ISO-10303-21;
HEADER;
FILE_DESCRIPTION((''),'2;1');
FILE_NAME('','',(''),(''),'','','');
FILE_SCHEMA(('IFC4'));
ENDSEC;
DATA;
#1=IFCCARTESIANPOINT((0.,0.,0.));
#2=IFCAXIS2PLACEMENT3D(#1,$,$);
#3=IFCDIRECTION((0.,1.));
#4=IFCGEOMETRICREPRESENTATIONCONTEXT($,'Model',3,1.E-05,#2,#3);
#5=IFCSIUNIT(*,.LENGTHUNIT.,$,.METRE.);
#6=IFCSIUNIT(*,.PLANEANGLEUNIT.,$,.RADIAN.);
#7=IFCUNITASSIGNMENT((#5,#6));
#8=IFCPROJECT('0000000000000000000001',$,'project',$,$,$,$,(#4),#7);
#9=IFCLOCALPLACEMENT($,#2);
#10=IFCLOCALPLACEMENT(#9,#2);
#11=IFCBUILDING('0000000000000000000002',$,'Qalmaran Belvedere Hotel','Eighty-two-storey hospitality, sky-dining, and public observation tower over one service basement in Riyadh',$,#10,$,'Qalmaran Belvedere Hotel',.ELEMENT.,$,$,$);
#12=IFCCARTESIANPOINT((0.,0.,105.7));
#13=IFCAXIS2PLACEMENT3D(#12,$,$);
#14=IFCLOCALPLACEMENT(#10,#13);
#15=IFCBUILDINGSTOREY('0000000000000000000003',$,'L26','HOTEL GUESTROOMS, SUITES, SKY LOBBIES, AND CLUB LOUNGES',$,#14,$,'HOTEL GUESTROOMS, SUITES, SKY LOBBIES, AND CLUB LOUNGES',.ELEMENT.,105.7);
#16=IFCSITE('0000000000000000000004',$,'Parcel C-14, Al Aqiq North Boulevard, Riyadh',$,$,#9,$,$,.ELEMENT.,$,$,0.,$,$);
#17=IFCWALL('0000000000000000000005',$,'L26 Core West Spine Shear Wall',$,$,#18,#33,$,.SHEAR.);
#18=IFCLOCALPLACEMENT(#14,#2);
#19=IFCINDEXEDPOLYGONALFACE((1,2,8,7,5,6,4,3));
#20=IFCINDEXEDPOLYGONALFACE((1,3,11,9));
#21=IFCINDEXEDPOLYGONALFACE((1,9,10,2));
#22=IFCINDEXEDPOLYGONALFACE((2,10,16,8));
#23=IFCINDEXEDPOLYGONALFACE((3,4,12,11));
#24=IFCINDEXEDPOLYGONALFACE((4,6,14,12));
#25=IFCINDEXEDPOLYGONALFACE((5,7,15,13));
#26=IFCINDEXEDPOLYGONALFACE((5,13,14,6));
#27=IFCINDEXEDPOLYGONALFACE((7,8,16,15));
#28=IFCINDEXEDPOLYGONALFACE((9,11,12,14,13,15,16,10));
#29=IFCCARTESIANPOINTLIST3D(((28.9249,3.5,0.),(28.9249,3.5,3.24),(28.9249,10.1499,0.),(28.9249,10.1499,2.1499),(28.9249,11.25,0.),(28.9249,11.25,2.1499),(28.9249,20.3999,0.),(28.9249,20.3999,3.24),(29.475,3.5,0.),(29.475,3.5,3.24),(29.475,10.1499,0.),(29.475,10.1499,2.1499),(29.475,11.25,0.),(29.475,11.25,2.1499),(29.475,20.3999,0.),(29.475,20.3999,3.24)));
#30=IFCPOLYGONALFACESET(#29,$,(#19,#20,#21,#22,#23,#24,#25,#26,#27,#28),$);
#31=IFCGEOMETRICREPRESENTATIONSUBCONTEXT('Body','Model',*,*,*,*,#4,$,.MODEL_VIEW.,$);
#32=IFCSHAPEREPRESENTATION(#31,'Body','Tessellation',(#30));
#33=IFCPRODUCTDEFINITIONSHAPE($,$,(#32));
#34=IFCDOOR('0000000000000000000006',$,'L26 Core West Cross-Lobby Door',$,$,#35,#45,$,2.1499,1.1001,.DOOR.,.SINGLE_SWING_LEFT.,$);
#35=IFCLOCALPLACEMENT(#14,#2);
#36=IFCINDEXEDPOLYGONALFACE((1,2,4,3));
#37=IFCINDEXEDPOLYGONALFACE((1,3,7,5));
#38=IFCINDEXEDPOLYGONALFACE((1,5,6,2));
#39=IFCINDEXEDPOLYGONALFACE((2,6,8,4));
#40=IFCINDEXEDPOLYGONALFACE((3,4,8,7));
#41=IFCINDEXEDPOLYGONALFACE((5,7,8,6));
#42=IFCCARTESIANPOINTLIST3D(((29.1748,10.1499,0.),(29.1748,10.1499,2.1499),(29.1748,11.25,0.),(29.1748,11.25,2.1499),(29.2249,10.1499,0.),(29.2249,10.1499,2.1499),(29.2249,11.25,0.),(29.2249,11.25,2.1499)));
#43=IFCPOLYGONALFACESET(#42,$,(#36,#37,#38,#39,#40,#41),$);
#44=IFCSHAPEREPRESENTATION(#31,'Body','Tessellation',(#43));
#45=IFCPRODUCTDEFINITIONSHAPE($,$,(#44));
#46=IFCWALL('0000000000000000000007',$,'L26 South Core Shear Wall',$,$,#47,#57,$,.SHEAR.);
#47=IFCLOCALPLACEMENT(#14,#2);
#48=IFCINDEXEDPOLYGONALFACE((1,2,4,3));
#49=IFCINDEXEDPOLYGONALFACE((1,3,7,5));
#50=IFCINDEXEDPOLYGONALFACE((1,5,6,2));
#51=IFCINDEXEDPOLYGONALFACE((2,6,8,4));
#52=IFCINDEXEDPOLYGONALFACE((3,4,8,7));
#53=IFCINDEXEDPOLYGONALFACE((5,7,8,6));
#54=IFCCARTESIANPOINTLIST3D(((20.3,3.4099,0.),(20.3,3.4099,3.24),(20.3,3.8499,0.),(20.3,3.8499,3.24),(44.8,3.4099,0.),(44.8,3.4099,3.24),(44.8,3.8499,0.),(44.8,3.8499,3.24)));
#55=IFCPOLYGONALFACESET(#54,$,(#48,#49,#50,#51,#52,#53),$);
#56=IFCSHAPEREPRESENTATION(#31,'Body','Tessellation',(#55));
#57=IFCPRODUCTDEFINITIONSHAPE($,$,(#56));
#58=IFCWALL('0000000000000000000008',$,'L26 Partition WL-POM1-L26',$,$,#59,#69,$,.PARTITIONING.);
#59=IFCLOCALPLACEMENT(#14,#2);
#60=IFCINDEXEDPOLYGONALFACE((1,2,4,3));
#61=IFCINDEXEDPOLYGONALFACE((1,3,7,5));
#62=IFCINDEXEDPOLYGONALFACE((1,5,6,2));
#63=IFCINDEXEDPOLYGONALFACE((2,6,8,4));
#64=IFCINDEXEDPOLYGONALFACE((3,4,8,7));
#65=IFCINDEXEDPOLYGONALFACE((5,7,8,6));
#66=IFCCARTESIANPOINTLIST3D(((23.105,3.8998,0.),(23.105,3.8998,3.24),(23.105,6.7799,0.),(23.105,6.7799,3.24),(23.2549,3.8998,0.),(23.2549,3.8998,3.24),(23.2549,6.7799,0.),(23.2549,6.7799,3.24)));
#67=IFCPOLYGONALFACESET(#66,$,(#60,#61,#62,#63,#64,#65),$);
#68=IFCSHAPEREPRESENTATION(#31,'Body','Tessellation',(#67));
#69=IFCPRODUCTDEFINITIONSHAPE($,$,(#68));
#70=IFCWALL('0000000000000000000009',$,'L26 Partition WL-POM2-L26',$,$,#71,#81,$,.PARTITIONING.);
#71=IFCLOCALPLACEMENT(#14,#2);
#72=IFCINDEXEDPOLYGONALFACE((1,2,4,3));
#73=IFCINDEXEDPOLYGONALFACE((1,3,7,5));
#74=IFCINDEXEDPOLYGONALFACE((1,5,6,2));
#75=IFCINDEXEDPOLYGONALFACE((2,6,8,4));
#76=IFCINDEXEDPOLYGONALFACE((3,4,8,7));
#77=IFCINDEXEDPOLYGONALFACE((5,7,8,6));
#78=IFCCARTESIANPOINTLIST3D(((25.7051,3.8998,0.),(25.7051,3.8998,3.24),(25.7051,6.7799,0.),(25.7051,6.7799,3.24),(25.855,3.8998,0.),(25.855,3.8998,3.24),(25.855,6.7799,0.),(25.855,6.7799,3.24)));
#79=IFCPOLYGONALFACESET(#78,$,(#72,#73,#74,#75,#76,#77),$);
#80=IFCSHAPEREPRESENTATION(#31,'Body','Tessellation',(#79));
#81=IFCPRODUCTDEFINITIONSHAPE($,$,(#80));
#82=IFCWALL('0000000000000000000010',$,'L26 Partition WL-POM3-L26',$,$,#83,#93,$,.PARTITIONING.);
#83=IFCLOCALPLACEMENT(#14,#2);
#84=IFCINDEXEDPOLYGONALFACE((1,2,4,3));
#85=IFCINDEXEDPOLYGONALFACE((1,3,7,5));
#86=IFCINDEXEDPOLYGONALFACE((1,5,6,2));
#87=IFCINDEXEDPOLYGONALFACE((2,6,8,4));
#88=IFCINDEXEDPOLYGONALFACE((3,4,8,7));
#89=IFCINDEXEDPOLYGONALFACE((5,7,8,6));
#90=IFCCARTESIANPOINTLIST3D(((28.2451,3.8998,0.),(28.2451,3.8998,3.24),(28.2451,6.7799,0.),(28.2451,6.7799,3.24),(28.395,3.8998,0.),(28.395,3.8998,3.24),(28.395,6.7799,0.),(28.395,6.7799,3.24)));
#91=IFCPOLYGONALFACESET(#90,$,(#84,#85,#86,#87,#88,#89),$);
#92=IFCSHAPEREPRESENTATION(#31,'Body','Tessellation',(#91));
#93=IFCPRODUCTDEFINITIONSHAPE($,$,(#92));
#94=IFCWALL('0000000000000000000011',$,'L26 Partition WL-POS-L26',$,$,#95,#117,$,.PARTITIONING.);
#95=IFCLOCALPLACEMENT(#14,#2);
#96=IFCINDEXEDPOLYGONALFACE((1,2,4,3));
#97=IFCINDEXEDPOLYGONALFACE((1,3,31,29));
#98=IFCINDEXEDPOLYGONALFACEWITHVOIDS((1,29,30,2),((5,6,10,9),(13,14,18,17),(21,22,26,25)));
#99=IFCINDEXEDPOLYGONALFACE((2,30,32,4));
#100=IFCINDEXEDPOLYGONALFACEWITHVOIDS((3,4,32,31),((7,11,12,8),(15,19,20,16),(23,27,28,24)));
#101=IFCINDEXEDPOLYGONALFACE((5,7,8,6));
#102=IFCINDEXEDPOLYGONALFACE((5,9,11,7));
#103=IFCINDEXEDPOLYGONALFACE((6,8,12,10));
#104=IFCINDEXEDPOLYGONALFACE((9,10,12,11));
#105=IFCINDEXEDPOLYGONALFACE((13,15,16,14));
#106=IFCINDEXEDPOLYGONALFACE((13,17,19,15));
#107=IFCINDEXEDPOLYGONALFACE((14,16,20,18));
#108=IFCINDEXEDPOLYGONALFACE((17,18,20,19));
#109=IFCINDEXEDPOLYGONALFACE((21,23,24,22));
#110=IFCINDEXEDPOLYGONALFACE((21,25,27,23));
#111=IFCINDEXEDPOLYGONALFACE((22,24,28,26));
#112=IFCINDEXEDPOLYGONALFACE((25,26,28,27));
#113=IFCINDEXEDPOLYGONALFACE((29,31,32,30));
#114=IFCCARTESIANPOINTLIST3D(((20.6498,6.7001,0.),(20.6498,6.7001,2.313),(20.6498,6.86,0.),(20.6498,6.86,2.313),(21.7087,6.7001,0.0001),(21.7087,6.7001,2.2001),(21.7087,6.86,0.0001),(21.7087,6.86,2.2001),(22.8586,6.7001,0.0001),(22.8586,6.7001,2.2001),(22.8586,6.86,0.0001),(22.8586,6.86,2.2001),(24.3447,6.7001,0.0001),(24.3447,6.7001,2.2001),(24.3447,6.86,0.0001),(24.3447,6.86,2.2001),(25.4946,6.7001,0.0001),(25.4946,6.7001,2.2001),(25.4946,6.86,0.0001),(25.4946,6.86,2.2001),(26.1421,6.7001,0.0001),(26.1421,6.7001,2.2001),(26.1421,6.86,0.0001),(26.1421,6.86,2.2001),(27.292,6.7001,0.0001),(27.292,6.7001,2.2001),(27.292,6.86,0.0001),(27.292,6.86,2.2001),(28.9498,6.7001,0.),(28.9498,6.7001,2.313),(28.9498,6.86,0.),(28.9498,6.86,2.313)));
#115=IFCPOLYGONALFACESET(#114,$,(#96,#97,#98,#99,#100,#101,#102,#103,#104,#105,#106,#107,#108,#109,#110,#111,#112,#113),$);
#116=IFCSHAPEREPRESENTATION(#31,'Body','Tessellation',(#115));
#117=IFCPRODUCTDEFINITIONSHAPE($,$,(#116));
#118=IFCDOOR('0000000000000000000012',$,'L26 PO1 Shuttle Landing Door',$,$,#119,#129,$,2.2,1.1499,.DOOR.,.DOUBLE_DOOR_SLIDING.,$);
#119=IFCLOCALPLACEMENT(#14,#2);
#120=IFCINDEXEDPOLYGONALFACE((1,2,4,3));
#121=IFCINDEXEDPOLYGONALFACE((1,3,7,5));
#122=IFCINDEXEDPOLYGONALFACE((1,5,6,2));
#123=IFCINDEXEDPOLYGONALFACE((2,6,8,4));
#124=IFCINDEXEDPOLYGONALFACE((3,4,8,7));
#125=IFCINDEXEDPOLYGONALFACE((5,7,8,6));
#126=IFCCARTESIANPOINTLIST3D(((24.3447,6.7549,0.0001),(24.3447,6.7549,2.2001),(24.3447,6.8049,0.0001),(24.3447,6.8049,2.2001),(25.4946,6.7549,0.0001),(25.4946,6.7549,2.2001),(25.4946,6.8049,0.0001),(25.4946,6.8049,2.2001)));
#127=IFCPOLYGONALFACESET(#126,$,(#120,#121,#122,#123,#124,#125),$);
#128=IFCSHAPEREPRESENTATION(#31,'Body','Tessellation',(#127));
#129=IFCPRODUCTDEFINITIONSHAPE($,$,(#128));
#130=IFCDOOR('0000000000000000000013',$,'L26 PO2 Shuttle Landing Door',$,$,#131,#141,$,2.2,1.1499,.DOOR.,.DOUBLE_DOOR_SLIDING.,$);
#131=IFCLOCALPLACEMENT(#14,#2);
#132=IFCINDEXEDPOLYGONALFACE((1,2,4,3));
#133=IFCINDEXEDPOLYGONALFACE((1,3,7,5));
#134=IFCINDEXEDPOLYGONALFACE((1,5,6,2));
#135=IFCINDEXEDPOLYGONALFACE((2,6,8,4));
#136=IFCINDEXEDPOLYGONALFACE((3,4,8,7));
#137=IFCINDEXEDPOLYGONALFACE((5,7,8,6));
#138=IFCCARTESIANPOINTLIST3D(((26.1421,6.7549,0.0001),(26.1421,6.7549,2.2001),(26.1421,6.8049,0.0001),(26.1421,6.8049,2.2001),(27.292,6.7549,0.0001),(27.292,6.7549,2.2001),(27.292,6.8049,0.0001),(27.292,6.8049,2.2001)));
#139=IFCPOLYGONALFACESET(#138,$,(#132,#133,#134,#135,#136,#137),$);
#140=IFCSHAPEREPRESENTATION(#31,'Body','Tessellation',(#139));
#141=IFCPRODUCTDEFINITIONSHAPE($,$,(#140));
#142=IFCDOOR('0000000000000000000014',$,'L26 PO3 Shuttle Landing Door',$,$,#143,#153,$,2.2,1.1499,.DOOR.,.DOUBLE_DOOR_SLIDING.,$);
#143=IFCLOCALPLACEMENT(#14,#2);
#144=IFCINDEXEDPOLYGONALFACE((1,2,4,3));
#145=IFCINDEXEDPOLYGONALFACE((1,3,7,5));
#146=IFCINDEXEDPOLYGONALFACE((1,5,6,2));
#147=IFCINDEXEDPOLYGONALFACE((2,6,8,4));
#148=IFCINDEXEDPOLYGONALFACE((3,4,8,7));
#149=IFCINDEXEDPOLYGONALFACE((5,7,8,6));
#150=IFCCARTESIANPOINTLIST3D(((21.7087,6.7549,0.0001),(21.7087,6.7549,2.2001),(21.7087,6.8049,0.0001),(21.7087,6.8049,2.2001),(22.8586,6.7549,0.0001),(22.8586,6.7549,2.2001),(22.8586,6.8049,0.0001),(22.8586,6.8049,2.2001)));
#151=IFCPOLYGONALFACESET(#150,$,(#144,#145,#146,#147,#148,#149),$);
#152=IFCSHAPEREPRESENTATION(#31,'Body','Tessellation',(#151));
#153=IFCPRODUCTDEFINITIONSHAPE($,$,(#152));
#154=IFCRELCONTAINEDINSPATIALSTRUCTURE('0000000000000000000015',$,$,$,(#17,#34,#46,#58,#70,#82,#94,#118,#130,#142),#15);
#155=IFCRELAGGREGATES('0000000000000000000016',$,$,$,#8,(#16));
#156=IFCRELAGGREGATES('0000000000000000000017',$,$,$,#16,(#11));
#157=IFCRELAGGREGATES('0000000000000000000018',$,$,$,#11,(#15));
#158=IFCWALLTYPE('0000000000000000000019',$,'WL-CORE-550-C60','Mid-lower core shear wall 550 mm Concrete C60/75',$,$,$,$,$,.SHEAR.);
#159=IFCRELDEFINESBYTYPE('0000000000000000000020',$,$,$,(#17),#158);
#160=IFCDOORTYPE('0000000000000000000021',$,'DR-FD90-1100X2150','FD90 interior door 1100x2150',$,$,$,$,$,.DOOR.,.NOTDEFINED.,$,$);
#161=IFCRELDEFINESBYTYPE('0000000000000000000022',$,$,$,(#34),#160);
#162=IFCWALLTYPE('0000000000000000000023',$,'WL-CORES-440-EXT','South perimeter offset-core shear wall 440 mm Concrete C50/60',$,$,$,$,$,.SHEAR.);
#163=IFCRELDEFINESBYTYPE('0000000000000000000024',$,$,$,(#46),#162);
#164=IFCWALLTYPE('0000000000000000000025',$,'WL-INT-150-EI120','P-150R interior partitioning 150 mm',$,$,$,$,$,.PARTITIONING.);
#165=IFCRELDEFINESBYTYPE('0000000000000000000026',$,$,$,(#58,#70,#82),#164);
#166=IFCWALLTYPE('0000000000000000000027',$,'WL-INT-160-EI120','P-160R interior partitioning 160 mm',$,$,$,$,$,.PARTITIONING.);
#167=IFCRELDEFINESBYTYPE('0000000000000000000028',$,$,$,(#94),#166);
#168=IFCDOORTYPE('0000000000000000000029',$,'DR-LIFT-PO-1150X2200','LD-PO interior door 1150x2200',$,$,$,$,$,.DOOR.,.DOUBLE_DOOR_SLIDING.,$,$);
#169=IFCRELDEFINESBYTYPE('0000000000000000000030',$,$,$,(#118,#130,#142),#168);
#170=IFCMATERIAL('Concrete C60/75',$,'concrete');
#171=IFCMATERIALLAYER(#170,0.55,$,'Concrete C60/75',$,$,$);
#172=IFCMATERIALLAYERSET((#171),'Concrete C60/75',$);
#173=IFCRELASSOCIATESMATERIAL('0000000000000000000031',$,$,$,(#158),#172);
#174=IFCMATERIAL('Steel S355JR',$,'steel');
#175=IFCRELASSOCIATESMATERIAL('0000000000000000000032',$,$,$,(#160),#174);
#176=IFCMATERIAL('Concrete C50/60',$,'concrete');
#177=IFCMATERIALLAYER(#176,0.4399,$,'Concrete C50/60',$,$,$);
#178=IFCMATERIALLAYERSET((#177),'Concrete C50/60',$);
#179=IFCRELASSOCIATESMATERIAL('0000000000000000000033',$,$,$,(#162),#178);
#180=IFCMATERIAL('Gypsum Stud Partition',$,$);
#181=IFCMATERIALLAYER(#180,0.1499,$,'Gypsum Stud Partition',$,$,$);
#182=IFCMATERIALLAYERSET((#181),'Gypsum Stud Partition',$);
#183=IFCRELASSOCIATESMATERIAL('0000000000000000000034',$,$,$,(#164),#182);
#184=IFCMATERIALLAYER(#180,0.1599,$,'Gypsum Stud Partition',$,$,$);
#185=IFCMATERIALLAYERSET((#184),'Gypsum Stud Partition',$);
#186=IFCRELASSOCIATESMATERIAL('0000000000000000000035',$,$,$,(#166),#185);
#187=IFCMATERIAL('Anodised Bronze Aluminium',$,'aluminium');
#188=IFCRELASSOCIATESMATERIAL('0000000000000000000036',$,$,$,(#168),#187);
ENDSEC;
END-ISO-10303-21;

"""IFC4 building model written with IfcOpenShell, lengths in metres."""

from ifc_helpers import new_model, si_unit, direction, frame, frame_2d, origin, place, context, subcontext, project, spatial, rectangle, extrude, material, layer, layer_set, type_object, element, fill, save


model = new_model("IFC4")

# Units and contexts
model_context = context("Model", 3, precision=1e-05, world=origin(), true_north=direction((0.0, 1.0)))
body_context = subcontext(model_context, "Body", "Model", "MODEL_VIEW")
ifc_project = project(units=[si_unit("LENGTHUNIT", "METRE"), si_unit("PLANEANGLEUNIT", "RADIAN")], contexts=[model_context])

# Site, building, storey
site_placement = place(None, origin())
site = spatial("IfcSite", under=ifc_project, at=site_placement, Name="Parcel C-14, Al Aqiq North Boulevard, Riyadh", CompositionType="ELEMENT", RefElevation=0.0)
building_placement = place(site_placement, origin())
building = spatial("IfcBuilding", under=site, at=building_placement, Name="Qalmaran Belvedere Hotel", Description="Eighty-two-storey hospitality, sky-dining, and public observation tower over one service basement in Riyadh", LongName="Qalmaran Belvedere Hotel", CompositionType="ELEMENT")
storey_placement = place(building_placement, frame((0.0, 0.0, 105.7)))
storey = spatial("IfcBuildingStorey", under=building, at=storey_placement, Name="L26", Description="HOTEL GUESTROOMS, SUITES, SKY LOBBIES, AND CLUB LOUNGES", LongName="HOTEL GUESTROOMS, SUITES, SKY LOBBIES, AND CLUB LOUNGES", CompositionType="ELEMENT", Elevation=105.7)

# Shared definitions
ifc_material_1 = material(Name="Concrete C60/75", Category="concrete")

# Shared definitions
ifc_material_2 = material(Name="Steel S355JR", Category="steel")

# Shared definitions
ifc_material_3 = material(Name="Anodised Bronze Aluminium", Category="aluminium")

# Shared definitions
ifc_layer_1 = layer(ifc_material_1, 0.55, Name="Concrete C60/75")
ifc_layer_set_1 = layer_set([ifc_layer_1], Name="Concrete C60/75")
wall_type_1 = type_object("IfcWallType", Name="WL-CORE-550-C60", Description="Mid-lower core shear wall 550 mm Concrete C60/75", PredefinedType="SHEAR", material=ifc_layer_set_1)

# Wall, opening, door
wall_1_placement = place(storey_placement, frame((29.2, 3.5, 0.0), z_axis=(0.0, 0.0, 1.0), x_axis=(0.0, 1.0, 0.0)))
wall_1 = element("IfcWall", 1, at=wall_1_placement, inside=storey, type_object=wall_type_1, Name="L26 Core West Spine Shear Wall", PredefinedType="SHEAR", context=body_context, shape_type="SweptSolid", body=[
    extrude(rectangle(XDim=16.8999, YDim=0.55, at=frame_2d((8.45, 0.0))), origin(), (0.0, 0.0, 1.0), 3.24),
])
opening_1_placement = place(wall_1_placement, frame((7.75, 0.0, 0.0), z_axis=(0.0, 0.0, 1.0), x_axis=(-1.0, 0.0, 0.0)))
opening_1 = element("IfcOpeningElement", 2, at=opening_1_placement, cuts=wall_1, PredefinedType="OPENING", context=body_context, shape_type="SweptSolid", body=[
    extrude(rectangle(XDim=1.1001, YDim=2.1499, at=frame_2d((0.55, 1.075))), frame((0.0, 0.2852, 0.0), z_axis=(0.0, -1.0, 0.0), x_axis=(1.0, 0.0, 0.0)), (0.0, 0.0, 1.0), 0.5701),
])
door_type_1 = type_object("IfcDoorType", Name="DR-FD90-1100X2150", Description="FD90 interior door 1100x2150", OperationType="NOTDEFINED", PredefinedType="DOOR", material=ifc_material_2)
door_1_placement = place(opening_1_placement, origin())
door_1 = element("IfcDoor", 3, at=door_1_placement, inside=storey, type_object=door_type_1, Name="L26 Core West Cross-Lobby Door", OperationType="SINGLE_SWING_LEFT", OverallHeight=2.1499, OverallWidth=1.1001, PredefinedType="DOOR", context=body_context, shape_type="SweptSolid", body=[
    extrude(rectangle(XDim=1.1001, YDim=2.1499, at=frame_2d((0.55, 1.075))), frame((0.0, 0.0249, 0.0), z_axis=(0.0, -1.0, 0.0), x_axis=(1.0, 0.0, 0.0)), (0.0, 0.0, 1.0), 0.05),
])
fill(opening_1, door_1)

# Walls
ifc_material_4 = material(Name="Concrete C50/60", Category="concrete")
ifc_layer_2 = layer(ifc_material_4, 0.4399, Name="Concrete C50/60")
ifc_layer_set_2 = layer_set([ifc_layer_2], Name="Concrete C50/60")
wall_type_2 = type_object("IfcWallType", Name="WL-CORES-440-EXT", Description="South perimeter offset-core shear wall 440 mm Concrete C50/60", PredefinedType="SHEAR", material=ifc_layer_set_2)
wall_2_placement = place(storey_placement, frame((20.3, 3.6299, 0.0), z_axis=(0.0, 0.0, 1.0), x_axis=(1.0, 0.0, 0.0)))
element("IfcWall", 4, at=wall_2_placement, inside=storey, type_object=wall_type_2, Name="L26 South Core Shear Wall", PredefinedType="SHEAR", context=body_context, shape_type="SweptSolid", body=[
    extrude(rectangle(XDim=24.5, YDim=0.4399, at=frame_2d((12.25, 0.0))), origin(), (0.0, 0.0, 1.0), 3.24),
])
ifc_material_5 = material(Name="Gypsum Stud Partition")
ifc_layer_3 = layer(ifc_material_5, 0.1499, Name="Gypsum Stud Partition")
ifc_layer_set_3 = layer_set([ifc_layer_3], Name="Gypsum Stud Partition")
wall_type_3 = type_object("IfcWallType", Name="WL-INT-150-EI120", Description="P-150R interior partitioning 150 mm", PredefinedType="PARTITIONING", material=ifc_layer_set_3)
for number, where, z_axis, x_axis, name in (
    (5, (23.1799, 3.8999, 0.0), (0.0, 0.0, 1.0), (0.0, 1.0, 0.0), "L26 Partition WL-POM1-L26"),
    (6, (25.78, 3.8999, 0.0), (0.0, 0.0, 1.0), (0.0, 1.0, 0.0), "L26 Partition WL-POM2-L26"),
    (7, (28.3201, 3.8999, 0.0), (0.0, 0.0, 1.0), (0.0, 1.0, 0.0), "L26 Partition WL-POM3-L26"),
):
    element("IfcWall", number, at=place(storey_placement, frame(where, z_axis=z_axis, x_axis=x_axis)), inside=storey, type_object=wall_type_3, Name=name, PredefinedType="PARTITIONING", context=body_context, shape_type="SweptSolid", body=[
        extrude(rectangle(XDim=2.8801, YDim=0.1499, at=frame_2d((1.4399, 0.0))), origin(), (0.0, 0.0, 1.0), 3.24),
    ])

# Wall, openings, doors
ifc_layer_4 = layer(ifc_material_5, 0.1599, Name="Gypsum Stud Partition")
ifc_layer_set_4 = layer_set([ifc_layer_4], Name="Gypsum Stud Partition")
wall_type_4 = type_object("IfcWallType", Name="WL-INT-160-EI120", Description="P-160R interior partitioning 160 mm", PredefinedType="PARTITIONING", material=ifc_layer_set_4)
wall_3_placement = place(storey_placement, frame((20.6499, 6.78, 0.0), z_axis=(0.0, 0.0, 1.0), x_axis=(1.0, 0.0, 0.0)))
wall_3 = element("IfcWall", 8, at=wall_3_placement, inside=storey, type_object=wall_type_4, Name="L26 Partition WL-POS-L26", PredefinedType="PARTITIONING", context=body_context, shape_type="SweptSolid", body=[
    extrude(rectangle(XDim=8.3, YDim=0.1599, at=frame_2d((4.1499, 0.0))), origin(), (0.0, 0.0, 1.0), 2.313),
])
opening_2_placement = place(wall_3_placement, frame((3.6948, 0.0, 0.0)))
opening_2 = element("IfcOpeningElement", 9, at=opening_2_placement, cuts=wall_3, PredefinedType="OPENING", context=body_context, shape_type="SweptSolid", body=[
    extrude(rectangle(XDim=1.1499, YDim=2.2, at=frame_2d((0.575, 1.1001))), frame((0.0, 0.0898, 0.0), z_axis=(0.0, -1.0, 0.0), x_axis=(1.0, 0.0, 0.0)), (0.0, 0.0, 1.0), 0.1799),
])
opening_3_placement = place(wall_3_placement, frame((5.4922, 0.0, 0.0)))
opening_3 = element("IfcOpeningElement", 10, at=opening_3_placement, cuts=wall_3, PredefinedType="OPENING", context=body_context, shape_type="SweptSolid", body=[
    extrude(rectangle(XDim=1.1499, YDim=2.2, at=frame_2d((0.575, 1.1001))), frame((0.0, 0.0898, 0.0), z_axis=(0.0, -1.0, 0.0), x_axis=(1.0, 0.0, 0.0)), (0.0, 0.0, 1.0), 0.1799),
])
opening_4_placement = place(wall_3_placement, frame((1.0588, 0.0, 0.0)))
opening_4 = element("IfcOpeningElement", 11, at=opening_4_placement, cuts=wall_3, PredefinedType="OPENING", context=body_context, shape_type="SweptSolid", body=[
    extrude(rectangle(XDim=1.1499, YDim=2.2, at=frame_2d((0.575, 1.1001))), frame((0.0, 0.0898, 0.0), z_axis=(0.0, -1.0, 0.0), x_axis=(1.0, 0.0, 0.0)), (0.0, 0.0, 1.0), 0.1799),
])
door_type_2 = type_object("IfcDoorType", Name="DR-LIFT-PO-1150X2200", Description="LD-PO interior door 1150x2200", OperationType="DOUBLE_DOOR_SLIDING", PredefinedType="DOOR", material=ifc_material_3)
door_2_placement = place(opening_2_placement, origin())
door_2 = element("IfcDoor", 12, at=door_2_placement, inside=storey, type_object=door_type_2, Name="L26 PO1 Shuttle Landing Door", OperationType="DOUBLE_DOOR_SLIDING", OverallHeight=2.2, OverallWidth=1.1499, PredefinedType="DOOR", context=body_context, shape_type="SweptSolid", body=[
    extrude(rectangle(XDim=1.1499, YDim=2.2, at=frame_2d((0.575, 1.1001))), frame((0.0, 0.0249, 0.0), z_axis=(0.0, -1.0, 0.0), x_axis=(1.0, 0.0, 0.0)), (0.0, 0.0, 1.0), 0.05),
])
fill(opening_2, door_2)
door_3_placement = place(opening_3_placement, origin())
door_3 = element("IfcDoor", 13, at=door_3_placement, inside=storey, type_object=door_type_2, Name="L26 PO2 Shuttle Landing Door", OperationType="DOUBLE_DOOR_SLIDING", OverallHeight=2.2, OverallWidth=1.1499, PredefinedType="DOOR", context=body_context, shape_type="SweptSolid", body=[
    extrude(rectangle(XDim=1.1499, YDim=2.2, at=frame_2d((0.575, 1.1001))), frame((0.0, 0.0249, 0.0), z_axis=(0.0, -1.0, 0.0), x_axis=(1.0, 0.0, 0.0)), (0.0, 0.0, 1.0), 0.05),
])
fill(opening_3, door_3)
door_4_placement = place(opening_4_placement, origin())
door_4 = element("IfcDoor", 14, at=door_4_placement, inside=storey, type_object=door_type_2, Name="L26 PO3 Shuttle Landing Door", OperationType="DOUBLE_DOOR_SLIDING", OverallHeight=2.2, OverallWidth=1.1499, PredefinedType="DOOR", context=body_context, shape_type="SweptSolid", body=[
    extrude(rectangle(XDim=1.1499, YDim=2.2, at=frame_2d((0.575, 1.1001))), frame((0.0, 0.0249, 0.0), z_axis=(0.0, -1.0, 0.0), x_axis=(1.0, 0.0, 0.0)), (0.0, 0.0, 1.0), 0.05),
])
fill(opening_4, door_4)

save(model, "model.ifc")
